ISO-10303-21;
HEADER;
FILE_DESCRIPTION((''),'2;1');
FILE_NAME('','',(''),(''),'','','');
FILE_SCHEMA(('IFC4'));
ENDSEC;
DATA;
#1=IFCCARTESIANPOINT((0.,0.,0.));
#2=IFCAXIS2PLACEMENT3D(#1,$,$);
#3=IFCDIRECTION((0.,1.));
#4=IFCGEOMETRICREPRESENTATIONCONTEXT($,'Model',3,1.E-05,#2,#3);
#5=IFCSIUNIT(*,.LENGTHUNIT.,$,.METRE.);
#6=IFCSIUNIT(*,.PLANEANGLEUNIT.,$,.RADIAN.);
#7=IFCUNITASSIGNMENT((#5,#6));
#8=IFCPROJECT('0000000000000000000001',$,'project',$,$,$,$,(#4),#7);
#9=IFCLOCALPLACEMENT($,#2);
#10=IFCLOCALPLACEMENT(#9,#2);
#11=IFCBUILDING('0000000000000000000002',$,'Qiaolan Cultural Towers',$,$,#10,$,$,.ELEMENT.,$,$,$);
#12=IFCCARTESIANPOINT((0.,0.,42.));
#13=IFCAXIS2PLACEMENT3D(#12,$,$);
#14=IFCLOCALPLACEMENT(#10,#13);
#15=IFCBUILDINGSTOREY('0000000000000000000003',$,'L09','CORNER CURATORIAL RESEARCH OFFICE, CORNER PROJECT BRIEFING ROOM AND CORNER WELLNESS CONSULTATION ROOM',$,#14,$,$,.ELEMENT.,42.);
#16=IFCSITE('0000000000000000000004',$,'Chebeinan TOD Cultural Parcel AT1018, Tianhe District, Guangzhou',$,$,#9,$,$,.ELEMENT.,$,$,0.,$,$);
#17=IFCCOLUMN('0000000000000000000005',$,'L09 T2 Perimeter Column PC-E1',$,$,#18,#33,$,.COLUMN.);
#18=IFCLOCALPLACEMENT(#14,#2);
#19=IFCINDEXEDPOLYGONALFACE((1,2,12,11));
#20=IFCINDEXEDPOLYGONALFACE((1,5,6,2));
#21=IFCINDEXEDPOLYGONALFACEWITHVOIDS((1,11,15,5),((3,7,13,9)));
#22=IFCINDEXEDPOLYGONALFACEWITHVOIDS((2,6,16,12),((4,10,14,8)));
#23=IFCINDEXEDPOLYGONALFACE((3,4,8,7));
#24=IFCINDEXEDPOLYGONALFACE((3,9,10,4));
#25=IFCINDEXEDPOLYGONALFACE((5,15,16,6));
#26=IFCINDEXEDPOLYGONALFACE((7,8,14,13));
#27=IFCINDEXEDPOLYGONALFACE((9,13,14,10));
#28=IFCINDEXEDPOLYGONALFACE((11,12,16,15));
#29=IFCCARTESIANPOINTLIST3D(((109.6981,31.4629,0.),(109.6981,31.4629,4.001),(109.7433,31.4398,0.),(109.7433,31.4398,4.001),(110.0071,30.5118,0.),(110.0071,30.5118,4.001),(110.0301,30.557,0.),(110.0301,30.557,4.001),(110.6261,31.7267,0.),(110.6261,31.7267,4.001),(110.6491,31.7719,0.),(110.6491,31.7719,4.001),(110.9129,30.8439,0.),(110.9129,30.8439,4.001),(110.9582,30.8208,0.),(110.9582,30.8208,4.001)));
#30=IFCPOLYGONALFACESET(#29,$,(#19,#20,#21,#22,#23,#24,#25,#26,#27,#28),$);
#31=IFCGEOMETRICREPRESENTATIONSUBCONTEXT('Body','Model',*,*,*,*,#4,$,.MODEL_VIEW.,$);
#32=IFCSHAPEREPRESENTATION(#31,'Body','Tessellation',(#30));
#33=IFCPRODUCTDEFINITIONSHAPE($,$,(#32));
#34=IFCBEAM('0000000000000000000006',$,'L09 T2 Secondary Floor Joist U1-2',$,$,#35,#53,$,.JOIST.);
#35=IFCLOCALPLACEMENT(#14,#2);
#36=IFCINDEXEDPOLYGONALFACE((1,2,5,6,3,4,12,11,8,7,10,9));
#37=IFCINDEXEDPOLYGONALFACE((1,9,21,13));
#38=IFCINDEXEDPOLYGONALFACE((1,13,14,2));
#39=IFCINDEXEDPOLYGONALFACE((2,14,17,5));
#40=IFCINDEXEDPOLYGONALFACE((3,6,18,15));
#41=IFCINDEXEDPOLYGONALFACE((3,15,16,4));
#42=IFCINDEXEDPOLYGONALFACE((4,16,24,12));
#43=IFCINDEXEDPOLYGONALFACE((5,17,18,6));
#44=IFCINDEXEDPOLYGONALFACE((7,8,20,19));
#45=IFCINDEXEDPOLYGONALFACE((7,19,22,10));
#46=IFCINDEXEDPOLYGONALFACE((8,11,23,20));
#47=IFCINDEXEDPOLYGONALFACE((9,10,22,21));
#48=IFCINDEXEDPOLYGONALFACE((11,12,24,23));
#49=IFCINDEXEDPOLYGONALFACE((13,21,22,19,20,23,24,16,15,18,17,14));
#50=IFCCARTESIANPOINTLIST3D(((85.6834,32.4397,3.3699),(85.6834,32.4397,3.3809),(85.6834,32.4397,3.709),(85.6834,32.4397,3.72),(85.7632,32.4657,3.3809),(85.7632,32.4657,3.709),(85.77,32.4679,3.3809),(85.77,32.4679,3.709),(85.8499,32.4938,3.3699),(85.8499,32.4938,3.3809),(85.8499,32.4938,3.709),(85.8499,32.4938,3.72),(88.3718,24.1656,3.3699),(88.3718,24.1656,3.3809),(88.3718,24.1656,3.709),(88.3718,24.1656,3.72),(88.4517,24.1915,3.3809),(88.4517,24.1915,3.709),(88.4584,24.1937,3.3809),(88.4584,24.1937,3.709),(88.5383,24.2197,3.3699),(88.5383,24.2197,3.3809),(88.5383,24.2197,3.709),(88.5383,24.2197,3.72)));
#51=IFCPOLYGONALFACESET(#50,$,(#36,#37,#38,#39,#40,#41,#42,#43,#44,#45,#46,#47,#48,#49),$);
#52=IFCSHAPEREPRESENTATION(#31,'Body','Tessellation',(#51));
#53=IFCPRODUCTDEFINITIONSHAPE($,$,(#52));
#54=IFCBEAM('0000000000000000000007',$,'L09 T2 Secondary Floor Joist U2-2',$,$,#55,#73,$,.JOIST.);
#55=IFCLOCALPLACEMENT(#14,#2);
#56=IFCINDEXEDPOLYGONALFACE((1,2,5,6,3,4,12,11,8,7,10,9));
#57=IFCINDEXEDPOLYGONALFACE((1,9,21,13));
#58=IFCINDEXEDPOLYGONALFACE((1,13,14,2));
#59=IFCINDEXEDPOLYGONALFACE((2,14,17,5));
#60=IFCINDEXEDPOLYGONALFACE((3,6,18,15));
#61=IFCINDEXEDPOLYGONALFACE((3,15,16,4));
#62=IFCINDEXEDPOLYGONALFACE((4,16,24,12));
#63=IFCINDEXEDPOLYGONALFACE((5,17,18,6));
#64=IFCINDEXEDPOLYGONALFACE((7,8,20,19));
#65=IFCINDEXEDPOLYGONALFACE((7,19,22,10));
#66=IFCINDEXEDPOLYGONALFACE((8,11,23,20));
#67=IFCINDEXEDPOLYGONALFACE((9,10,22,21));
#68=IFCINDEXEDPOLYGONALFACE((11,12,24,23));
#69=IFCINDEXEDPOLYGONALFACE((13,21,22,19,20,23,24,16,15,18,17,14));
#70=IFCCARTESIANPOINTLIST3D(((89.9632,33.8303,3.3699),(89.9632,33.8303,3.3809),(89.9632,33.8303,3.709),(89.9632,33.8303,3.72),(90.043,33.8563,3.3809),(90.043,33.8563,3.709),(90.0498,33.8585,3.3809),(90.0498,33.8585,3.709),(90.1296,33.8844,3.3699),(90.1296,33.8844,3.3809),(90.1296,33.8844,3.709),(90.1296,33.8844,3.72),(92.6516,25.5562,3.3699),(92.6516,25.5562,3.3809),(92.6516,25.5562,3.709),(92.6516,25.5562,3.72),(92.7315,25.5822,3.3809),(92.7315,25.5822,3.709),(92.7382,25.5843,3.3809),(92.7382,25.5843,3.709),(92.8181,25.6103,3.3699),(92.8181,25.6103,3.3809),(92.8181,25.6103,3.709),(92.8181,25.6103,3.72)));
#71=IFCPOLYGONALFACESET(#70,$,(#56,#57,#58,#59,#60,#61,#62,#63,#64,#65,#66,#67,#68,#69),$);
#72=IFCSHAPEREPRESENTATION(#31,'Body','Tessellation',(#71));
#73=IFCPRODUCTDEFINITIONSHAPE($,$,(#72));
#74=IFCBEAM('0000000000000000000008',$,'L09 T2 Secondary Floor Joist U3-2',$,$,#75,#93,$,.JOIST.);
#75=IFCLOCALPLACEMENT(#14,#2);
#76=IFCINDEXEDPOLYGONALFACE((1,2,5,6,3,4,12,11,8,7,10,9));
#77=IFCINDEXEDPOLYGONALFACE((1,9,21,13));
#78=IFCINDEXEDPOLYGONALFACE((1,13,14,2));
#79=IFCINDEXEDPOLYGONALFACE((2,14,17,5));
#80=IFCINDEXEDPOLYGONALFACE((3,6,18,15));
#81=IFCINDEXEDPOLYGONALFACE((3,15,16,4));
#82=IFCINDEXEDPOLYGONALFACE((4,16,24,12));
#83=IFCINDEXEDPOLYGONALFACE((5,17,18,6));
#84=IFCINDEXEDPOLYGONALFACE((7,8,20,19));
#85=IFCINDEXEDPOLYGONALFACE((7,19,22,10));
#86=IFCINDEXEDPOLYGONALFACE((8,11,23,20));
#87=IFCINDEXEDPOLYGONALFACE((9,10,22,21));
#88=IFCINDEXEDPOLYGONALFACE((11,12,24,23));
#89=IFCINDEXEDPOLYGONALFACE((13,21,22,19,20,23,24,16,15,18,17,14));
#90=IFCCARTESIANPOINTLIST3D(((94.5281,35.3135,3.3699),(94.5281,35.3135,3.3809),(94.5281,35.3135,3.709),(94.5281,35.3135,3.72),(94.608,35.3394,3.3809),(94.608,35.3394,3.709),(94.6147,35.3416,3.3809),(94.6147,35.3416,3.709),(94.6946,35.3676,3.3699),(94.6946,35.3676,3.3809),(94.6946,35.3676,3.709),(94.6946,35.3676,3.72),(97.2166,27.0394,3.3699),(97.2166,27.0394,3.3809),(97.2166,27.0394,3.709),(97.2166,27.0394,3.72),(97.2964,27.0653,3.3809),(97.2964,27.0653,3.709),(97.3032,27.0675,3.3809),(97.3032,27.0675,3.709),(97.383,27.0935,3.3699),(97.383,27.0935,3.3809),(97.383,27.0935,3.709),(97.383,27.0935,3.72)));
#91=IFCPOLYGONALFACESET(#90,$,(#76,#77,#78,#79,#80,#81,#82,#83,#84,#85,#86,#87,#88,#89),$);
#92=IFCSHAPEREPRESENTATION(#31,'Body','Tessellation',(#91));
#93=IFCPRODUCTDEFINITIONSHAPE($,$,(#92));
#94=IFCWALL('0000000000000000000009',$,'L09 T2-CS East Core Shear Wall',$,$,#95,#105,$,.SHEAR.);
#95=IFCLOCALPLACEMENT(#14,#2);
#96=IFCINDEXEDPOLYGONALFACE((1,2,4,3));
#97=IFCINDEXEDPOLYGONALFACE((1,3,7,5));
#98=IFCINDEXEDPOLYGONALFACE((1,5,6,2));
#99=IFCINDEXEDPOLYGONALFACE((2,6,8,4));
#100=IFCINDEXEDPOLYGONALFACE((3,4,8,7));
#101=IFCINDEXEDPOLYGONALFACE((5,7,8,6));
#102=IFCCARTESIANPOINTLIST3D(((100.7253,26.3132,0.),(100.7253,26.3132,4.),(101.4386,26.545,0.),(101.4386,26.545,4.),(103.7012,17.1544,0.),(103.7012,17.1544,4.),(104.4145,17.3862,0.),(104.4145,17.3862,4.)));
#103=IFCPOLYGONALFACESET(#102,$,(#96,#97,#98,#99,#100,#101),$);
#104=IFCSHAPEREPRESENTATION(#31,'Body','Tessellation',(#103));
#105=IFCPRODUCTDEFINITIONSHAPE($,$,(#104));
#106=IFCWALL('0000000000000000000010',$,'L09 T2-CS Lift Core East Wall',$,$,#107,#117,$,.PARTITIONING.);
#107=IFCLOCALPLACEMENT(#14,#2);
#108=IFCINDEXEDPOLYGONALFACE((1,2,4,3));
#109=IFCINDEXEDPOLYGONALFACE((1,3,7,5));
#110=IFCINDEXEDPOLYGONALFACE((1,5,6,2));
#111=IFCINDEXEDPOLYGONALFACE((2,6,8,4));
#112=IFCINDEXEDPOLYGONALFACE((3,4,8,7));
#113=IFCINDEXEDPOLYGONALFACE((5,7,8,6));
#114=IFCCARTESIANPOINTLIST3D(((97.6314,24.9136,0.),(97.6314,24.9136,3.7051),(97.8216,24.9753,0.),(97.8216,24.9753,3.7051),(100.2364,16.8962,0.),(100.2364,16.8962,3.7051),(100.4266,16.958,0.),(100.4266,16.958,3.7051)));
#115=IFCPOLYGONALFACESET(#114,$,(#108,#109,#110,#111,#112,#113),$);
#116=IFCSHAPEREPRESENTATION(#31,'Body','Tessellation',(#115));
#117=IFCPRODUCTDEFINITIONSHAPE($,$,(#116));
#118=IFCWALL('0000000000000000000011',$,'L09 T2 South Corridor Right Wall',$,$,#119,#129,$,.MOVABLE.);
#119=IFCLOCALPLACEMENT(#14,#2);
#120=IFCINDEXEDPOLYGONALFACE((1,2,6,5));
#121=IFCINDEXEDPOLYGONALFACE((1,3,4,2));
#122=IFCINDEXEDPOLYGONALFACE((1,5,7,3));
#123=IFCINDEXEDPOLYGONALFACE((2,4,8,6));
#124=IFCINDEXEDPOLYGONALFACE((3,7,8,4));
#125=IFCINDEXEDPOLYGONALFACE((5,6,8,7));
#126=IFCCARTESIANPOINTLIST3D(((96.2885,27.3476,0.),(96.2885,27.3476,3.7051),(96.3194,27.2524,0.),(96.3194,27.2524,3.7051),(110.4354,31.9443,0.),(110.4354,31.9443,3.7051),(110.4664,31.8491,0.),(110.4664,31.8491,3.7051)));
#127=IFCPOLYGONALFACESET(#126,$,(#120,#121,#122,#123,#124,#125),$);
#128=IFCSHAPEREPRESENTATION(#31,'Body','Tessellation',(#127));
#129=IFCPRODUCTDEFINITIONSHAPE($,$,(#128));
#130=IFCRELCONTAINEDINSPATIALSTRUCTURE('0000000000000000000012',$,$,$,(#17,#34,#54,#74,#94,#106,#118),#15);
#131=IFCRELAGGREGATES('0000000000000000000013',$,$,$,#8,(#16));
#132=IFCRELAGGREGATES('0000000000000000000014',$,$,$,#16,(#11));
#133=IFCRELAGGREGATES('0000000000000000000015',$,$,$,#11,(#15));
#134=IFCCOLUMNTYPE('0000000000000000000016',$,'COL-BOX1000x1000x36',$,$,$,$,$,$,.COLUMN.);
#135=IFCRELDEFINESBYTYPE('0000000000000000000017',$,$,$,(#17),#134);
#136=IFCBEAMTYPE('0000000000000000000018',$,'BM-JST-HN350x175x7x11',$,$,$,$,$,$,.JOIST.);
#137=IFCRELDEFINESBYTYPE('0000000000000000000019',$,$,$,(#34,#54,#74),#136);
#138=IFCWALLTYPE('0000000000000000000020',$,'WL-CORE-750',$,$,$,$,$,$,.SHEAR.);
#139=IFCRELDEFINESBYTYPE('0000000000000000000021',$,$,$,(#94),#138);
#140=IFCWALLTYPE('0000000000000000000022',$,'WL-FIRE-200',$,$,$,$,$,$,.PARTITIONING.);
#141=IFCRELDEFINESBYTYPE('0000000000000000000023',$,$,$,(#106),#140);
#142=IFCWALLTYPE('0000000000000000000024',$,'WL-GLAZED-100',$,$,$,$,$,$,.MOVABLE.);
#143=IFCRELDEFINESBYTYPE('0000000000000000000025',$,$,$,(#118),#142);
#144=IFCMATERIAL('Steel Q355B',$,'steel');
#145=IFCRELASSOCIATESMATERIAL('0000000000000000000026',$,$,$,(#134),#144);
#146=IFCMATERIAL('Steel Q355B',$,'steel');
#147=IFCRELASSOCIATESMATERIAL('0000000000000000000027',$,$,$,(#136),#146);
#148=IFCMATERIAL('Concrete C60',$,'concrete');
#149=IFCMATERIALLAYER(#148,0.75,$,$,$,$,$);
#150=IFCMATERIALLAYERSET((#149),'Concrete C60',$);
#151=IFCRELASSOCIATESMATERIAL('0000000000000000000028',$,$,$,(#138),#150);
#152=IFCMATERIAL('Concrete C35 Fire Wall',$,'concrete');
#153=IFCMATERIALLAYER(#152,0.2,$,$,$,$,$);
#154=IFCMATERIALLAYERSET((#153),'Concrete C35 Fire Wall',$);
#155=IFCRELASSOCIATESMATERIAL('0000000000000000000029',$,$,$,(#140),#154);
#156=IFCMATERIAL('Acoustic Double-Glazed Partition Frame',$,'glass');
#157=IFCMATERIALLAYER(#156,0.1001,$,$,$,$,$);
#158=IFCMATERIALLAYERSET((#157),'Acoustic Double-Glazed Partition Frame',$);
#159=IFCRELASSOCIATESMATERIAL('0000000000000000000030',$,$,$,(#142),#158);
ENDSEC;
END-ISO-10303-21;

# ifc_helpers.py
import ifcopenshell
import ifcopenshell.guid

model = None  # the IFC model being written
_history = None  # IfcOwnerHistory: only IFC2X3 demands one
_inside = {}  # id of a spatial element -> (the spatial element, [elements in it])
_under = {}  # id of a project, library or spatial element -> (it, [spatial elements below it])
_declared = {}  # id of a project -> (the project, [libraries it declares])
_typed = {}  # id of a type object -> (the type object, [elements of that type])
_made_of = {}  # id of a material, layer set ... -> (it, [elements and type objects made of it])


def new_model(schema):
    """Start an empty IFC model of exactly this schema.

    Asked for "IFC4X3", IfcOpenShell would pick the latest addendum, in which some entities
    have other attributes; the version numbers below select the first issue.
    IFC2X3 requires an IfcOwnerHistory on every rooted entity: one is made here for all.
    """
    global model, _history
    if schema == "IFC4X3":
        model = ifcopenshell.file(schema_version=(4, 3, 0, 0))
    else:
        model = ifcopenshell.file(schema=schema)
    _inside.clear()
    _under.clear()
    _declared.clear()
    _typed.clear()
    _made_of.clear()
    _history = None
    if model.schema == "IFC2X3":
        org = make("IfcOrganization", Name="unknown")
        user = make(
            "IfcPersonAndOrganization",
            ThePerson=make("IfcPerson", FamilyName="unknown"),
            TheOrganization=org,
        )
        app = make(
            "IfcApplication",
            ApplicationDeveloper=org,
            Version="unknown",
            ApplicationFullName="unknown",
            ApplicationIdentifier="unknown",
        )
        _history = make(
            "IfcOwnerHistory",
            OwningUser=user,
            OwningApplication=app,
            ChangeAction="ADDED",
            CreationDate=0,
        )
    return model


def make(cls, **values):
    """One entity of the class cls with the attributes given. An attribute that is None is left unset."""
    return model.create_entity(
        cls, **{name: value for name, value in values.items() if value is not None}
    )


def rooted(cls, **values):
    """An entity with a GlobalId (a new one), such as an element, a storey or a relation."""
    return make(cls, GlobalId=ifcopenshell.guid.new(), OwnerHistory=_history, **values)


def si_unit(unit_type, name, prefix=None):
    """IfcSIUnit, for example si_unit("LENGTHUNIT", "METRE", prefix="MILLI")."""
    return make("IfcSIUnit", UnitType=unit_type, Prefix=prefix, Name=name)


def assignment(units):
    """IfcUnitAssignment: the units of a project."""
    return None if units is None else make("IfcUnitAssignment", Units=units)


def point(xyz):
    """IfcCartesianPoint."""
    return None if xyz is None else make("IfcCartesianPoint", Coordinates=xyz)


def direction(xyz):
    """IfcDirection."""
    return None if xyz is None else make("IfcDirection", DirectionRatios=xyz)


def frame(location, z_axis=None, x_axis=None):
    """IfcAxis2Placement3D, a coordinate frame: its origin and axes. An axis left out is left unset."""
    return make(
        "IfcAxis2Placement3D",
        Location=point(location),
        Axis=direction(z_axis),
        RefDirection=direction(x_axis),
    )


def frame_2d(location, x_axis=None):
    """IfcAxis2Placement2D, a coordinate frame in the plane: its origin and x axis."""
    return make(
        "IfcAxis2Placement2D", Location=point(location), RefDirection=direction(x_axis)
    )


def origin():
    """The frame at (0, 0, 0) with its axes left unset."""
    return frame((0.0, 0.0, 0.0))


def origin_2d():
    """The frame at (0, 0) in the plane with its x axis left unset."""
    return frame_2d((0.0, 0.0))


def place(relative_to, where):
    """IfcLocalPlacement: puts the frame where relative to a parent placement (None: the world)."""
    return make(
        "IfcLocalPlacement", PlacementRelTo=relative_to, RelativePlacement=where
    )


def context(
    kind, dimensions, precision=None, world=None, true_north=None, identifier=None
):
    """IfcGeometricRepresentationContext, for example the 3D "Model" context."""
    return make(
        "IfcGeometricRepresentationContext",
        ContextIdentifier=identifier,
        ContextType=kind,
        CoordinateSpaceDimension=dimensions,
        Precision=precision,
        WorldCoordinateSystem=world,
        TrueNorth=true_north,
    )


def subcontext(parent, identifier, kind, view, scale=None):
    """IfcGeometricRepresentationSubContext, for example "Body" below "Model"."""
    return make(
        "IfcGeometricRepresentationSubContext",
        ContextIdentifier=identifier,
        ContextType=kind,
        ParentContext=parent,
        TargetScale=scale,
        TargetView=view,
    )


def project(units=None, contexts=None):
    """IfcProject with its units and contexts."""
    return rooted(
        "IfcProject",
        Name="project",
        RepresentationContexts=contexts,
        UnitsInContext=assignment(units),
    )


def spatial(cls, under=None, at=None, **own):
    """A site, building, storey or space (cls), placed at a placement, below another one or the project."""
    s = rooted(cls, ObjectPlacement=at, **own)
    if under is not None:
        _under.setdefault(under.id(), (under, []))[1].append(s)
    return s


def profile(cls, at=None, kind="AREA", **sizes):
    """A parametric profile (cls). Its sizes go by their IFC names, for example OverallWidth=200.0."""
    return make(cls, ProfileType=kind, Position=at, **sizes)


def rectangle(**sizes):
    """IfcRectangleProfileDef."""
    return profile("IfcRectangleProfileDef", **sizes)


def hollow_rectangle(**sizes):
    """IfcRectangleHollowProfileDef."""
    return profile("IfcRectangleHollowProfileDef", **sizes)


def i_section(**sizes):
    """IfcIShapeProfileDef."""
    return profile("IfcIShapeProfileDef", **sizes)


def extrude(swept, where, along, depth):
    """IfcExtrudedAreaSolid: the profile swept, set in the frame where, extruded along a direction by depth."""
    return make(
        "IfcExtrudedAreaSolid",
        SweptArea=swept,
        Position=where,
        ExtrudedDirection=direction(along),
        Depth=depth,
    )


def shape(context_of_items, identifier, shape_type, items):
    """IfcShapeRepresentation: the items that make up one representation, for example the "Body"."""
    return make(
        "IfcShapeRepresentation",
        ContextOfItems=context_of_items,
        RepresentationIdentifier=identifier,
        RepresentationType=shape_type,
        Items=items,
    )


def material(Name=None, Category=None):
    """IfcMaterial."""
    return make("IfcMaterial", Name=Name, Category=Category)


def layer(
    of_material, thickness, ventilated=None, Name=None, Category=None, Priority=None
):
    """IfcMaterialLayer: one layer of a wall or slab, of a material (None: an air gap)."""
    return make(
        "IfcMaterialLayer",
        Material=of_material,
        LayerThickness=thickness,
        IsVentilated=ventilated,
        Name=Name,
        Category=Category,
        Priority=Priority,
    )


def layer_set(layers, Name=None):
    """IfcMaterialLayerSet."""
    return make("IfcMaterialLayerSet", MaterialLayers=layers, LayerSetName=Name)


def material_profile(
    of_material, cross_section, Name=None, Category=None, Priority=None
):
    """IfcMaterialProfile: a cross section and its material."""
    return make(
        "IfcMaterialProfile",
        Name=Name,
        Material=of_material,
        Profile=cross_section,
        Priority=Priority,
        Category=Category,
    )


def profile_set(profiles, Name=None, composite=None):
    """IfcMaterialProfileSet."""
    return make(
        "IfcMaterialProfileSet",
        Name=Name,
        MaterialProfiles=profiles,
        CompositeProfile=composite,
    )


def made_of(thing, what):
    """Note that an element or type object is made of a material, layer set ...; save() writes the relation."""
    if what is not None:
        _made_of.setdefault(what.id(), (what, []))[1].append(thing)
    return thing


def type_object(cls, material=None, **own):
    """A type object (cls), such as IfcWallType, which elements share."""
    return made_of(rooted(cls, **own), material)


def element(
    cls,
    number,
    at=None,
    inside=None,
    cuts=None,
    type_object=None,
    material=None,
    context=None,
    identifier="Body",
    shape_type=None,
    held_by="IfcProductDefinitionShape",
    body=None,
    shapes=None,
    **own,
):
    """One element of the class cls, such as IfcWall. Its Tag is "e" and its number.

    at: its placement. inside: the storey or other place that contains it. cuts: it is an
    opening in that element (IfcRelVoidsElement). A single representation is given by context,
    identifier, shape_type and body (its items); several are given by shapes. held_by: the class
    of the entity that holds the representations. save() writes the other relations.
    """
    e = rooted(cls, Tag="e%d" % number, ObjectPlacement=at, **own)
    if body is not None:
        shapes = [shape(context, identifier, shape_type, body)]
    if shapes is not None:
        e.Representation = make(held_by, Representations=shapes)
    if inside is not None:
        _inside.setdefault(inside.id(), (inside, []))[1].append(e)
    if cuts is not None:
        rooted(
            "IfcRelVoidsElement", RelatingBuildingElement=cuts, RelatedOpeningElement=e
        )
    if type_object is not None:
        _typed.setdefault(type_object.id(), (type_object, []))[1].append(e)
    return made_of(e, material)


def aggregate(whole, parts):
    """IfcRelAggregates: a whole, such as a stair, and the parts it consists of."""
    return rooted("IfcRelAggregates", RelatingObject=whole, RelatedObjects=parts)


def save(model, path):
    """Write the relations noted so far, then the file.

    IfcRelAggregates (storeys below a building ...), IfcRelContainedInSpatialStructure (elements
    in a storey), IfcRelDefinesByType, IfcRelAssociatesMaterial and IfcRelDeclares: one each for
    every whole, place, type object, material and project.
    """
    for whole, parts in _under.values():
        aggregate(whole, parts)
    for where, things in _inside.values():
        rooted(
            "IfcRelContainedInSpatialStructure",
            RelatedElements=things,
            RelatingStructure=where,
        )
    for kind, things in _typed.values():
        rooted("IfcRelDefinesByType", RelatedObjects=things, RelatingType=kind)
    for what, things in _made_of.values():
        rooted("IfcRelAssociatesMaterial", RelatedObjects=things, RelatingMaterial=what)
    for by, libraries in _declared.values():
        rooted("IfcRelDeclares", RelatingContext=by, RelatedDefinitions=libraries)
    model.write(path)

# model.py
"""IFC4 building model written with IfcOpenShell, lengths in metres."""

from ifc_helpers import new_model, si_unit, direction, frame, frame_2d, origin, origin_2d, place, context, subcontext, project, spatial, rectangle, hollow_rectangle, i_section, extrude, material, layer, layer_set, material_profile, profile_set, type_object, element, save


model = new_model("IFC4")

# Units and contexts
model_context = context("Model", 3, precision=1e-05, world=origin(), true_north=direction((0.0, 1.0)))
body_context = subcontext(model_context, "Body", "Model", "MODEL_VIEW")
ifc_project = project(units=[si_unit("LENGTHUNIT", "METRE"), si_unit("PLANEANGLEUNIT", "RADIAN")], contexts=[model_context])

# Site, building, storey
site_placement = place(None, origin())
site = spatial("IfcSite", under=ifc_project, at=site_placement, Name="Chebeinan TOD Cultural Parcel AT1018, Tianhe District, Guangzhou", CompositionType="ELEMENT", RefElevation=0.0)
building_placement = place(site_placement, origin())
building = spatial("IfcBuilding", under=site, at=building_placement, Name="Qiaolan Cultural Towers", CompositionType="ELEMENT")
storey_placement = place(building_placement, frame((0.0, 0.0, 42.0)))
storey = spatial("IfcBuildingStorey", under=building, at=storey_placement, Name="L09", Description="CORNER CURATORIAL RESEARCH OFFICE, CORNER PROJECT BRIEFING ROOM AND CORNER WELLNESS CONSULTATION ROOM", CompositionType="ELEMENT", Elevation=42.0)

# Column
ifc_material_1 = material(Name="Steel Q355B", Category="steel")
ifc_material_profile_1 = material_profile(ifc_material_1, hollow_rectangle(XDim=1.0, YDim=1.0, WallThickness=0.0359, at=origin_2d()), Name="BOX1000x1000x36")
ifc_profile_set_1 = profile_set([ifc_material_profile_1], Name="Steel Q355B")
column_type = type_object("IfcColumnType", Name="COL-BOX1000x1000x36", PredefinedType="COLUMN", material=ifc_profile_set_1)
column_placement = place(storey_placement, frame((110.3281, 31.1418, 0.0), z_axis=(0.0, 0.0, 1.0), x_axis=(0.951057, 0.309017, 0.0)))
element("IfcColumn", 1, at=column_placement, inside=storey, type_object=column_type, Name="L09 T2 Perimeter Column PC-E1", PredefinedType="COLUMN", context=body_context, shape_type="SweptSolid", body=[
    extrude(hollow_rectangle(XDim=1.0, YDim=1.0, WallThickness=0.0359, at=origin_2d()), origin(), (0.0, 0.0, 1.0), 4.001),
])

# Beams
ifc_material_2 = material(Name="Steel Q355B", Category="steel")
ifc_material_profile_2 = material_profile(ifc_material_2, i_section(OverallWidth=0.175, OverallDepth=0.3501, WebThickness=0.0071, FlangeThickness=0.011, at=origin_2d()), Name="HN350x175x7x11")
ifc_profile_set_2 = profile_set([ifc_material_profile_2], Name="Steel Q355B")
beam_type = type_object("IfcBeamType", Name="BM-JST-HN350x175x7x11", PredefinedType="JOIST", material=ifc_profile_set_2)
for number, where, z_axis, x_axis, name in (
    (2, (88.4551, 24.1926, 3.5449), (-0.309021, 0.951055, 0.0), (-0.951055, -0.309021, 0.0), "L09 T2 Secondary Floor Joist U1-2"),
    (3, (92.7349, 25.5833, 3.5449), (-0.309021, 0.951055, 0.0), (-0.951055, -0.309021, 0.0), "L09 T2 Secondary Floor Joist U2-2"),
    (4, (97.2998, 27.0664, 3.5449), (-0.309021, 0.951055, 0.0), (-0.951055, -0.309021, 0.0), "L09 T2 Secondary Floor Joist U3-2"),
):
    element("IfcBeam", number, at=place(storey_placement, frame(where, z_axis=z_axis, x_axis=x_axis)), inside=storey, type_object=beam_type, Name=name, PredefinedType="JOIST", context=body_context, shape_type="SweptSolid", body=[
        extrude(i_section(OverallWidth=0.175, OverallDepth=0.3501, WebThickness=0.0071, FlangeThickness=0.011, at=origin_2d()), origin(), (0.0, 0.0, 1.0), 8.7),
    ])

# Walls
ifc_material_3 = material(Name="Concrete C60", Category="concrete")
ifc_layer_1 = layer(ifc_material_3, 0.75)
ifc_layer_set_1 = layer_set([ifc_layer_1], Name="Concrete C60")
wall_type_1 = type_object("IfcWallType", Name="WL-CORE-750", PredefinedType="SHEAR", material=ifc_layer_set_1)
wall_1_placement = place(storey_placement, frame((101.082, 26.429, 0.0), z_axis=(0.0, 0.0, 1.0), x_axis=(0.309016, -0.951057, 0.0)))
element("IfcWall", 5, at=wall_1_placement, inside=storey, type_object=wall_type_1, Name="L09 T2-CS East Core Shear Wall", PredefinedType="SHEAR", context=body_context, shape_type="SweptSolid", body=[
    extrude(rectangle(XDim=9.6301, YDim=0.75, at=frame_2d((4.8149, 0.0))), origin(), (0.0, 0.0, 1.0), 4.0),
])
ifc_material_4 = material(Name="Concrete C35 Fire Wall", Category="concrete")
ifc_layer_2 = layer(ifc_material_4, 0.2)
ifc_layer_set_2 = layer_set([ifc_layer_2], Name="Concrete C35 Fire Wall")
wall_type_2 = type_object("IfcWallType", Name="WL-FIRE-200", PredefinedType="PARTITIONING", material=ifc_layer_set_2)
wall_2_placement = place(storey_placement, frame((97.7266, 24.9443, 0.0), z_axis=(0.0, 0.0, 1.0), x_axis=(0.309016, -0.951057, 0.0)))
element("IfcWall", 6, at=wall_2_placement, inside=storey, type_object=wall_type_2, Name="L09 T2-CS Lift Core East Wall", PredefinedType="PARTITIONING", context=body_context, shape_type="SweptSolid", body=[
    extrude(rectangle(XDim=8.4299, YDim=0.2, at=frame_2d((4.2148, 0.0))), origin(), (0.0, 0.0, 1.0), 3.7051),
])
ifc_material_5 = material(Name="Acoustic Double-Glazed Partition Frame", Category="glass")
ifc_layer_3 = layer(ifc_material_5, 0.1001)
ifc_layer_set_3 = layer_set([ifc_layer_3], Name="Acoustic Double-Glazed Partition Frame")
wall_type_3 = type_object("IfcWallType", Name="WL-GLAZED-100", PredefinedType="MOVABLE", material=ifc_layer_set_3)
wall_3_placement = place(storey_placement, frame((96.304, 27.3, 0.0), z_axis=(0.0, 0.0, 1.0), x_axis=(0.951056, 0.30902, 0.0)))
element("IfcWall", 7, at=wall_3_placement, inside=storey, type_object=wall_type_3, Name="L09 T2 South Corridor Right Wall", PredefinedType="MOVABLE", context=body_context, shape_type="SweptSolid", body=[
    extrude(rectangle(XDim=14.875, YDim=0.1001, at=frame_2d((7.4375, 0.0))), origin(), (0.0, 0.0, 1.0), 3.7051),
])

save(model, "model.ifc")
